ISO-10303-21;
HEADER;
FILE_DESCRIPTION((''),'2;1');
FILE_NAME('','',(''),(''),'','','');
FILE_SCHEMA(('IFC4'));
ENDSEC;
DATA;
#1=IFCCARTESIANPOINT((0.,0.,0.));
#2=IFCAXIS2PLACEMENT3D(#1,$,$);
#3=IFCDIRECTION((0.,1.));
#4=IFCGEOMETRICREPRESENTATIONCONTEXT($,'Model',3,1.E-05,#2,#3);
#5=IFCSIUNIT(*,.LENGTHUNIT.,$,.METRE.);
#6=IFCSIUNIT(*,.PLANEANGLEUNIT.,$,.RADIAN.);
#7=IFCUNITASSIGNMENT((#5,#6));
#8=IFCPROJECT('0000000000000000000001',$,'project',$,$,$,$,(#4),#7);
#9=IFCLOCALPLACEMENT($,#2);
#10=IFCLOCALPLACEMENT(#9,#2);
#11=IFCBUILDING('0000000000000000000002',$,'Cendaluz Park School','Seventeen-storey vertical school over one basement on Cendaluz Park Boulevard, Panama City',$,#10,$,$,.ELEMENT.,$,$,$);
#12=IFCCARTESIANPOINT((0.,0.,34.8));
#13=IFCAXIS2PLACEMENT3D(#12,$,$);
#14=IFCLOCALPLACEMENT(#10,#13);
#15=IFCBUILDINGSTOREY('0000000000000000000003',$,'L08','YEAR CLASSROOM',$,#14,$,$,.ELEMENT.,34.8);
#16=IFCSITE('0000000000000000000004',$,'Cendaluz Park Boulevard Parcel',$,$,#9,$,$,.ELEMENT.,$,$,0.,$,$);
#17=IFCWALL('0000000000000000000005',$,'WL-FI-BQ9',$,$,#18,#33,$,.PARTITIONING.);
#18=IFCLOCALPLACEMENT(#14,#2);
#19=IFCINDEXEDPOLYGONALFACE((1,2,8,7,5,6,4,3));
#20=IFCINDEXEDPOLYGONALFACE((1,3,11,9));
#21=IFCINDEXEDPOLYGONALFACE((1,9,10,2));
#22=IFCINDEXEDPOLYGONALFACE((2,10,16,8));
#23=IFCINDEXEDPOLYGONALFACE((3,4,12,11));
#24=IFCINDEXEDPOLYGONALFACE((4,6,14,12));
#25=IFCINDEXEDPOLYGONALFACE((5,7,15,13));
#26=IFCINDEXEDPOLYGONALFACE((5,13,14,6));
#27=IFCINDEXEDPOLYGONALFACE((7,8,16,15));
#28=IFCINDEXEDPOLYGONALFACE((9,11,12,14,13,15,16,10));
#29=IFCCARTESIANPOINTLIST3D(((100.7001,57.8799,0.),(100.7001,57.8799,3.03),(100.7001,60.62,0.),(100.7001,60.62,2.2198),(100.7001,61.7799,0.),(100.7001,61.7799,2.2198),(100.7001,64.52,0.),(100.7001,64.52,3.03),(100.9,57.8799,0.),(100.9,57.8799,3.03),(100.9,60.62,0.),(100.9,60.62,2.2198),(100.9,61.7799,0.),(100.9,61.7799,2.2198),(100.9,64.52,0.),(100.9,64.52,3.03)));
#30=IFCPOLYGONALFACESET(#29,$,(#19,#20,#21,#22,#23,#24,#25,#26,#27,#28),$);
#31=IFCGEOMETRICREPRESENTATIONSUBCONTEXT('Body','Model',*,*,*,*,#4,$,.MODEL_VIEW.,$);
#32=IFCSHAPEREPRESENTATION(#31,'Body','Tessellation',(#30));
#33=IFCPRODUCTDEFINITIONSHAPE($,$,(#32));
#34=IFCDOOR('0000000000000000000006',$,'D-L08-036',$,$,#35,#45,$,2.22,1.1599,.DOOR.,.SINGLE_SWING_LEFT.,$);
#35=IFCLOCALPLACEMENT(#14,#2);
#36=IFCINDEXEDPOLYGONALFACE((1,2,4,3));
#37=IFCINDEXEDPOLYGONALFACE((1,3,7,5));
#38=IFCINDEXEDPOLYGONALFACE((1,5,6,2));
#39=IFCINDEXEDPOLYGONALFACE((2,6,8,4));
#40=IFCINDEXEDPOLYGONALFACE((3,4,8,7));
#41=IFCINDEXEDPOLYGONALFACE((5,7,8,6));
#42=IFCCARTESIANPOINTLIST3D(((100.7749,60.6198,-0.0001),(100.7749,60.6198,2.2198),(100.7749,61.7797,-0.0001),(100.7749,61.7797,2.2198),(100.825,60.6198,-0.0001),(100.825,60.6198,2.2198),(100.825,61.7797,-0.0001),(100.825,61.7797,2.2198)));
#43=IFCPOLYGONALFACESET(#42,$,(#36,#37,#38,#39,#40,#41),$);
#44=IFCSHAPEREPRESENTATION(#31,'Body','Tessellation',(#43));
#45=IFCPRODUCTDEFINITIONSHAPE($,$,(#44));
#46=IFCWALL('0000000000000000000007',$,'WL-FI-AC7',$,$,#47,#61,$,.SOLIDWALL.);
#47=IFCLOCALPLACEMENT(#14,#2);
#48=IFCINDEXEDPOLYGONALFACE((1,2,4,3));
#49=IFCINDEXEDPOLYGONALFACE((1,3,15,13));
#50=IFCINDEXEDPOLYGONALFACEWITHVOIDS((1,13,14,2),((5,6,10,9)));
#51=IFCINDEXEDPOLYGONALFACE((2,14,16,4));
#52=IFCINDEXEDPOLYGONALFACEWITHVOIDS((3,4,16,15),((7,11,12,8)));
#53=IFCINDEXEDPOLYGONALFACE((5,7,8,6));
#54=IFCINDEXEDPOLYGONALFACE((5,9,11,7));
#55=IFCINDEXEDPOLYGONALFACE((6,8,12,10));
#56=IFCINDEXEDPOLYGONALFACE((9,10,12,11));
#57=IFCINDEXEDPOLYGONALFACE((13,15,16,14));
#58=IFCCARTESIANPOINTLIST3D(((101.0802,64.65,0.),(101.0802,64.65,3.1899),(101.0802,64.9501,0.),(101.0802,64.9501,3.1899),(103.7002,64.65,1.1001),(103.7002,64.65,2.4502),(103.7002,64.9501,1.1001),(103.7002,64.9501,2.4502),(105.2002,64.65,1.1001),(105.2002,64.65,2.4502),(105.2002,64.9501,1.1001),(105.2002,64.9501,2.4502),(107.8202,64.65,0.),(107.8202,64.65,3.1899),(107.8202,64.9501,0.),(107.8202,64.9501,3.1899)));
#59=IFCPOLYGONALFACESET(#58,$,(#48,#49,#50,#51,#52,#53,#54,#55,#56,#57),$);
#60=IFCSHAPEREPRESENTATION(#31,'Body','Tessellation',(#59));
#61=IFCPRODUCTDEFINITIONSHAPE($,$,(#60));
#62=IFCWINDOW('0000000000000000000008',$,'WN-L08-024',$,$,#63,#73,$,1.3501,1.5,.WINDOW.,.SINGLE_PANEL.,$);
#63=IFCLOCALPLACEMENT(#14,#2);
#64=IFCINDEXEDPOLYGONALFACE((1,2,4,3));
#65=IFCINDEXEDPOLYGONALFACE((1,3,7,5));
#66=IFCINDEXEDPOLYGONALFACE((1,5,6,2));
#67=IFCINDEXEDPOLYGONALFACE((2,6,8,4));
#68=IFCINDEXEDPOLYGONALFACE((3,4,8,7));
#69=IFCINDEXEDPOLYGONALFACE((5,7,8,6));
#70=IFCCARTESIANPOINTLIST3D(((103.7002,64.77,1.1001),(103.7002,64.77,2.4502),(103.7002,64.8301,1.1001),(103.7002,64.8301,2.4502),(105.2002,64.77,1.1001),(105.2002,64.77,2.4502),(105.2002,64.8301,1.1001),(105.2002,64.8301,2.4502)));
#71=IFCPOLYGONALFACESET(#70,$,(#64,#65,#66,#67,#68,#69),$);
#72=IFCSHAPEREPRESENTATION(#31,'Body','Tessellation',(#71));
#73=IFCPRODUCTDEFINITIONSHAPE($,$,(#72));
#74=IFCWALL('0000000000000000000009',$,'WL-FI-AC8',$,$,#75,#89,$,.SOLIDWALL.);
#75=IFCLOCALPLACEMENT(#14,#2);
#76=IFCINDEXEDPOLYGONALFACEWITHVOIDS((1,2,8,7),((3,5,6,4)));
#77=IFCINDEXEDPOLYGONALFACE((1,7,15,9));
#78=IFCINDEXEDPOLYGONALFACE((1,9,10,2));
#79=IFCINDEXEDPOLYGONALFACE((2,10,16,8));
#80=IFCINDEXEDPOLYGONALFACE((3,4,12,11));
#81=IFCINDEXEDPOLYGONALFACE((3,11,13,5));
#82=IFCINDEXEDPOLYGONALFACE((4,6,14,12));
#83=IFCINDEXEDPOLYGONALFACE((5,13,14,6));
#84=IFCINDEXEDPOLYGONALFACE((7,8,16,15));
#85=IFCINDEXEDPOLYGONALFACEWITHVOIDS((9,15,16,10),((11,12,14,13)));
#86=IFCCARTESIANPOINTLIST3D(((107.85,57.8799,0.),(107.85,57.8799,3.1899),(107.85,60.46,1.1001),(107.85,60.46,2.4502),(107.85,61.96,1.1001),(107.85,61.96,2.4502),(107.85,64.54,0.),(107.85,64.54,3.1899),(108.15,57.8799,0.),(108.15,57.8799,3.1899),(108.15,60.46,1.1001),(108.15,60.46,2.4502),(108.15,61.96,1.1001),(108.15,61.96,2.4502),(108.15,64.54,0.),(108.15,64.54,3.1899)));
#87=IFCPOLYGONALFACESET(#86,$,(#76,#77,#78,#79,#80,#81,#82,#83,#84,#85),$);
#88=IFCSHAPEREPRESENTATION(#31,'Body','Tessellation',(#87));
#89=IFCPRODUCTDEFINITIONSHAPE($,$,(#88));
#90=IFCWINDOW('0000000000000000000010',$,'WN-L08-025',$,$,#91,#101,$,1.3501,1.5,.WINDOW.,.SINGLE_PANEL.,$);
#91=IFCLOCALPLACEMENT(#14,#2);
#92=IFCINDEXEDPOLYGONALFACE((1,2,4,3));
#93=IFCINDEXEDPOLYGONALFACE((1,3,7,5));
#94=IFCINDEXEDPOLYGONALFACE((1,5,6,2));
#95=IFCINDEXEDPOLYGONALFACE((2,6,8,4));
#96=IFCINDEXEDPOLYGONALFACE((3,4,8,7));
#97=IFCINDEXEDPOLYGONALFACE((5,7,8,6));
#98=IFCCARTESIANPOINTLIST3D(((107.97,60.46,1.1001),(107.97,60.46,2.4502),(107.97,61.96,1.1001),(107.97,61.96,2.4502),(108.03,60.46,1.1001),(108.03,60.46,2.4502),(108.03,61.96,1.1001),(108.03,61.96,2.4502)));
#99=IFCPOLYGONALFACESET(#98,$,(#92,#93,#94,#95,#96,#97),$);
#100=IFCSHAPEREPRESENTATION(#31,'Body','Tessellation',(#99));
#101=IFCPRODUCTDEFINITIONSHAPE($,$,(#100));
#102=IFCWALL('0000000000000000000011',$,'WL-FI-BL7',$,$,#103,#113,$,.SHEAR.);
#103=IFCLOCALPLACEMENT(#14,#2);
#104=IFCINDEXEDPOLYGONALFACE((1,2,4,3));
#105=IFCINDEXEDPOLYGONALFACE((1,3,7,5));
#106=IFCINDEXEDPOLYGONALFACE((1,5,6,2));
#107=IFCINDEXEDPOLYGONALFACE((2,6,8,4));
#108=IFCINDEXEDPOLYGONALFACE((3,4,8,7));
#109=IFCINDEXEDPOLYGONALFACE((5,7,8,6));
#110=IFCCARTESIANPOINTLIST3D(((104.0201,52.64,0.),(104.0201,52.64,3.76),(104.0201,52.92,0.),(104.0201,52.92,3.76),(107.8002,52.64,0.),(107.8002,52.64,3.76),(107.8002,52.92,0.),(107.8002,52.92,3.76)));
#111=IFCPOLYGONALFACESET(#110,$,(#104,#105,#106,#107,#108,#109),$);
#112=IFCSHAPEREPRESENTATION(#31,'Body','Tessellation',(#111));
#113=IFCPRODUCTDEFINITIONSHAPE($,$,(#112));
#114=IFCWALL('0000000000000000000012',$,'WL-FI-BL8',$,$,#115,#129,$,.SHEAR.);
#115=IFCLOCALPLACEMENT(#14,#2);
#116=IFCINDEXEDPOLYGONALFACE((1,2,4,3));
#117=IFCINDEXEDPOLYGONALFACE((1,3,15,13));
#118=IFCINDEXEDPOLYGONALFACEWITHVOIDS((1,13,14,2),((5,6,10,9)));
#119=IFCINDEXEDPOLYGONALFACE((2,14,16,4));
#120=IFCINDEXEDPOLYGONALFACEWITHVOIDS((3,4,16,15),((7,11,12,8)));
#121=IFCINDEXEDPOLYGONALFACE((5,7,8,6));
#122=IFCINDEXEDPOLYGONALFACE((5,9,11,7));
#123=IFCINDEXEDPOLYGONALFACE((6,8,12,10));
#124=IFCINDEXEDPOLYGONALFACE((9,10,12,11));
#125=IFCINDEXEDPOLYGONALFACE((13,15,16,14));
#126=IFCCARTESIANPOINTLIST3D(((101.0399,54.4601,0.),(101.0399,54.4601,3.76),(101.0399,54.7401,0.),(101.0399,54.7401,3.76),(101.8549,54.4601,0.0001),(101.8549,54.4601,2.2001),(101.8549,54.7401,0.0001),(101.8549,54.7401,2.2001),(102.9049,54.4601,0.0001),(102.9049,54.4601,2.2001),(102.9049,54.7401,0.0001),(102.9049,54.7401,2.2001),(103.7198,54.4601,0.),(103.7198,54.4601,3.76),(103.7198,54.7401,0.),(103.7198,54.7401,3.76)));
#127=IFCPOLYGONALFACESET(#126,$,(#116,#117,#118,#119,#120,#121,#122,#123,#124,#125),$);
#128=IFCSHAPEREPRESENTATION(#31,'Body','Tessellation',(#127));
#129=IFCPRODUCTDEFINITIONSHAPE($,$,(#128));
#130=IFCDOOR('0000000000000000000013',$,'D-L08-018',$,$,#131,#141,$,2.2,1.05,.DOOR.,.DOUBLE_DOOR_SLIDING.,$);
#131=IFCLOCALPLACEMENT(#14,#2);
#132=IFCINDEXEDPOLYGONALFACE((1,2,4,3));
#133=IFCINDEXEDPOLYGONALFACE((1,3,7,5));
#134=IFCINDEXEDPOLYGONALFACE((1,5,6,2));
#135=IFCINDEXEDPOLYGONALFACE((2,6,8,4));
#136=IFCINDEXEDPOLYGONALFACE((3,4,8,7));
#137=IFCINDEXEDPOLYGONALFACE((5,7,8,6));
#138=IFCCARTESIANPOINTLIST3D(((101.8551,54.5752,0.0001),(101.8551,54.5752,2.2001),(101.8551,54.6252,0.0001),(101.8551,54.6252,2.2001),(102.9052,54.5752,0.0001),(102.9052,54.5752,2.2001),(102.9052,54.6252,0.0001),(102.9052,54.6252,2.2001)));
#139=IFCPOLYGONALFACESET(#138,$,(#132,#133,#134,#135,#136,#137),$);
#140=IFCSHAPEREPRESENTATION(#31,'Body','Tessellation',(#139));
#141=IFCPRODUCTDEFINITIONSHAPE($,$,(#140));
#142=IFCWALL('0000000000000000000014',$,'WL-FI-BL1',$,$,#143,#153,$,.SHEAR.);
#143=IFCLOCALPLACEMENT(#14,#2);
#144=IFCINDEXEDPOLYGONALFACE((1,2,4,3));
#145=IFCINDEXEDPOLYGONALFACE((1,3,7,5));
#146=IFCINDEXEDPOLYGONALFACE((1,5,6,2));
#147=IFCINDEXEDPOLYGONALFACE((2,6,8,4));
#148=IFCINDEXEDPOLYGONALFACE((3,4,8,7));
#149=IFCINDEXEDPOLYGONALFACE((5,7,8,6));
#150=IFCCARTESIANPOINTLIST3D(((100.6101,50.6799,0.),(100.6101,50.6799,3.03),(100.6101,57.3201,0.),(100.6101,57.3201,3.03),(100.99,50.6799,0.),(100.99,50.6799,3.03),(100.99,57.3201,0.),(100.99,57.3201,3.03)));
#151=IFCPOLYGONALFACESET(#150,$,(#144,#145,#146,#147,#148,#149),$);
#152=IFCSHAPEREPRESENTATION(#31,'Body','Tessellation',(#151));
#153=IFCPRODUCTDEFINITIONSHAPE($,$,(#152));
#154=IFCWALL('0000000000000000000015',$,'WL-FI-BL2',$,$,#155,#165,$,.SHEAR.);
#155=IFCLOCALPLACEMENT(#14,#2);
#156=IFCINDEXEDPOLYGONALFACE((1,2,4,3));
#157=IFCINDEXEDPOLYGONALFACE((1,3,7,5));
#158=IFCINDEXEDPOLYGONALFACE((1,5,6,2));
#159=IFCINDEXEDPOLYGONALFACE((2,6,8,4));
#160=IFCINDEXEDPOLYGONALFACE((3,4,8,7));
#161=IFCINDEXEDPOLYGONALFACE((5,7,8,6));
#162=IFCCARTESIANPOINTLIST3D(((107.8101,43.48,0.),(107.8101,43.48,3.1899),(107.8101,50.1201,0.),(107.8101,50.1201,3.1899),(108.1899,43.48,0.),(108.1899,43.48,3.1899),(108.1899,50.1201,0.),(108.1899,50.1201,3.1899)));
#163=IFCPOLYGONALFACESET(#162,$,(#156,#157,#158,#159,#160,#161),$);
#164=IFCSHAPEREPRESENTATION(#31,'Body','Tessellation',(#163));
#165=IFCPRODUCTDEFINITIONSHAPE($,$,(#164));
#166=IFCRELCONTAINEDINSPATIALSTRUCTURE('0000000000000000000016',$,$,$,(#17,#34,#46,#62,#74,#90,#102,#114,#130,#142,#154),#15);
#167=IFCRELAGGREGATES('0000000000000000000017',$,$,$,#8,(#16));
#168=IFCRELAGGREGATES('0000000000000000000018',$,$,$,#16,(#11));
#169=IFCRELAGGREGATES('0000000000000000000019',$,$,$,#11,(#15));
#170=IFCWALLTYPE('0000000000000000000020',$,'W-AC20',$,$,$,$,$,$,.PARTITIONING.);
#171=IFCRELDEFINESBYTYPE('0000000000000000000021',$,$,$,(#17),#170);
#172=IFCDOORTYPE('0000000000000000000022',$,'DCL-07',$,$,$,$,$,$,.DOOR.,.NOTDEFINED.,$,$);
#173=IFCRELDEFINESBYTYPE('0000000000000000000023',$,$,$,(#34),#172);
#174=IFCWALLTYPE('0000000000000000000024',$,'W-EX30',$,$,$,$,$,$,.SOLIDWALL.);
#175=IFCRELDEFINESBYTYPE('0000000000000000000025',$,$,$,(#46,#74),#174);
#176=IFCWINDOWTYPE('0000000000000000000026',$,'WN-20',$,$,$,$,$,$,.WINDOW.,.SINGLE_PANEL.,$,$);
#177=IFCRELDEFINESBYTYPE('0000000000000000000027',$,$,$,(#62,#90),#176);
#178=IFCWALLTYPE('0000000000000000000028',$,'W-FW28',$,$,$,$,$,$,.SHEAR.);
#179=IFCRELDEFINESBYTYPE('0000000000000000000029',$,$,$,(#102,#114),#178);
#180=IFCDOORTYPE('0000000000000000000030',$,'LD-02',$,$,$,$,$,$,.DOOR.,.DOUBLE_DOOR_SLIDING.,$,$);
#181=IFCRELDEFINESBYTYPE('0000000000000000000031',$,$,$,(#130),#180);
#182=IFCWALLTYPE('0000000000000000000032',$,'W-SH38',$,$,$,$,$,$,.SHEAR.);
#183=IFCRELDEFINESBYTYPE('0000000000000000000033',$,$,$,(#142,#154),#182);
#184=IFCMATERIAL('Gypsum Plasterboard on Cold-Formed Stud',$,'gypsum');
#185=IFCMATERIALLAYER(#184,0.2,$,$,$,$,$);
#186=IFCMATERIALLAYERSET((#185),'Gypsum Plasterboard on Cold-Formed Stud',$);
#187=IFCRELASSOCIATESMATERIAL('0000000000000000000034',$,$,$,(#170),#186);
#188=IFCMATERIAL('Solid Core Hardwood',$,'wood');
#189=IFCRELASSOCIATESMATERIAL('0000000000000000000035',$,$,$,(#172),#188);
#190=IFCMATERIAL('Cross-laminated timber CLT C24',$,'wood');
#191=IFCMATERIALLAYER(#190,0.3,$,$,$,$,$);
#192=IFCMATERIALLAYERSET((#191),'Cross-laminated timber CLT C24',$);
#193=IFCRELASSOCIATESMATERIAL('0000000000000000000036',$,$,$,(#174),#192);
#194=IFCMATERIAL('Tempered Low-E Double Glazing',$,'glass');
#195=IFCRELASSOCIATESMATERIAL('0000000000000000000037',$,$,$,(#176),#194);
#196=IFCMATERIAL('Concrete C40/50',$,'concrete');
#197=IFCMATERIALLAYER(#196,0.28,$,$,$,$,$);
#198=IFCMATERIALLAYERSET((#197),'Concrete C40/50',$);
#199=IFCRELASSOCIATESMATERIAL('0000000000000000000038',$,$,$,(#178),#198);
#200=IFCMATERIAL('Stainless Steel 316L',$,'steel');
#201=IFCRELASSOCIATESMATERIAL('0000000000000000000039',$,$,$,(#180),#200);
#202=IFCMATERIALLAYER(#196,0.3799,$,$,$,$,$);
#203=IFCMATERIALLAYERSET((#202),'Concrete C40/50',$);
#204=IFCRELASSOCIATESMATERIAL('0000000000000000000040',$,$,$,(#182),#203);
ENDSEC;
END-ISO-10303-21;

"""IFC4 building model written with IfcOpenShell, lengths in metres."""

from ifc_helpers import new_model, si_unit, direction, frame, frame_2d, origin, place, context, subcontext, project, spatial, rectangle, extrude, material, layer, layer_set, type_object, element, fill, save


model = new_model("IFC4")

# Units and contexts
model_context = context("Model", 3, precision=1e-05, world=origin(), true_north=direction((0.0, 1.0)))
body_context = subcontext(model_context, "Body", "Model", "MODEL_VIEW")
ifc_project = project(units=[si_unit("LENGTHUNIT", "METRE"), si_unit("PLANEANGLEUNIT", "RADIAN")], contexts=[model_context])

# Site, building, storey
site_placement = place(None, origin())
site = spatial("IfcSite", under=ifc_project, at=site_placement, Name="Cendaluz Park Boulevard Parcel", CompositionType="ELEMENT", RefElevation=0.0)
building_placement = place(site_placement, origin())
building = spatial("IfcBuilding", under=site, at=building_placement, Name="Cendaluz Park School", Description="Seventeen-storey vertical school over one basement on Cendaluz Park Boulevard, Panama City", CompositionType="ELEMENT")
storey_placement = place(building_placement, frame((0.0, 0.0, 34.8)))
storey = spatial("IfcBuildingStorey", under=building, at=storey_placement, Name="L08", Description="YEAR CLASSROOM", CompositionType="ELEMENT", Elevation=34.8)

# Wall, opening, door
ifc_material_1 = material(Name="Gypsum Plasterboard on Cold-Formed Stud", Category="gypsum")
ifc_layer_1 = layer(ifc_material_1, 0.2)
ifc_layer_set_1 = layer_set([ifc_layer_1], Name="Gypsum Plasterboard on Cold-Formed Stud")
wall_type_1 = type_object("IfcWallType", Name="W-AC20", PredefinedType="PARTITIONING", material=ifc_layer_set_1)
wall_1_placement = place(storey_placement, frame((100.8, 57.8799, 0.0), z_axis=(0.0, 0.0, 1.0), x_axis=(0.0, 1.0, 0.0)))
wall_1 = element("IfcWall", 1, at=wall_1_placement, inside=storey, type_object=wall_type_1, Name="WL-FI-BQ9", PredefinedType="PARTITIONING", context=body_context, shape_type="SweptSolid", body=[
    extrude(rectangle(XDim=6.6401, YDim=0.2, at=frame_2d((3.3201, 0.0))), origin(), (0.0, 0.0, 1.0), 3.03),
])
opening_1_placement = place(wall_1_placement, frame((2.74, 0.0, 0.0)))
opening_1 = element("IfcOpeningElement", 2, at=opening_1_placement, cuts=wall_1, PredefinedType="OPENING", context=body_context, shape_type="SweptSolid", body=[
    extrude(rectangle(XDim=1.1599, YDim=2.22, at=frame_2d((0.5801, 1.1099))), frame((0.0, 0.1121, 0.0), z_axis=(0.0, -1.0, 0.0), x_axis=(1.0, 0.0, 0.0)), (0.0, 0.0, 1.0), 0.2239),
])
ifc_material_2 = material(Name="Solid Core Hardwood", Category="wood")
door_type_1 = type_object("IfcDoorType", Name="DCL-07", OperationType="NOTDEFINED", PredefinedType="DOOR", material=ifc_material_2)
door_1_placement = place(opening_1_placement, frame((1.1599, 0.0, 0.0), z_axis=(0.0, 0.0, 1.0), x_axis=(-1.0, 0.0, 0.0)))
door_1 = element("IfcDoor", 3, at=door_1_placement, inside=storey, type_object=door_type_1, Name="D-L08-036", OperationType="SINGLE_SWING_LEFT", OverallHeight=2.22, OverallWidth=1.1599, PredefinedType="DOOR", context=body_context, shape_type="SweptSolid", body=[
    extrude(rectangle(XDim=1.1599, YDim=2.22, at=frame_2d((0.5801, 1.1099))), frame((0.0, 0.0249, 0.0), z_axis=(0.0, -1.0, 0.0), x_axis=(1.0, 0.0, 0.0)), (0.0, 0.0, 1.0), 0.05),
])
fill(opening_1, door_1)

# Walls, openings, windows
ifc_material_3 = material(Name="Cross-laminated timber CLT C24", Category="wood")
ifc_layer_2 = layer(ifc_material_3, 0.3)
ifc_layer_set_2 = layer_set([ifc_layer_2], Name="Cross-laminated timber CLT C24")
wall_type_2 = type_object("IfcWallType", Name="W-EX30", PredefinedType="SOLIDWALL", material=ifc_layer_set_2)
wall_2_placement = place(storey_placement, frame((101.0801, 64.8, 0.0), z_axis=(0.0, 0.0, 1.0), x_axis=(1.0, 0.0, 0.0)))
wall_2 = element("IfcWall", 4, at=wall_2_placement, inside=storey, type_object=wall_type_2, Name="WL-FI-AC7", PredefinedType="SOLIDWALL", context=body_context, shape_type="SweptSolid", body=[
    extrude(rectangle(XDim=6.74, YDim=0.3, at=frame_2d((3.3701, 0.0))), origin(), (0.0, 0.0, 1.0), 3.1899),
])
opening_2_placement = place(wall_2_placement, frame((2.6201, 0.0, 1.1001)))
opening_2 = element("IfcOpeningElement", 5, at=opening_2_placement, cuts=wall_2, PredefinedType="OPENING", context=body_context, shape_type="SweptSolid", body=[
    extrude(rectangle(XDim=1.5, YDim=1.3501, at=frame_2d((0.75, 0.675))), frame((0.0, 0.1621, 0.0), z_axis=(0.0, -1.0, 0.0), x_axis=(1.0, 0.0, 0.0)), (0.0, 0.0, 1.0), 0.324),
])
ifc_material_4 = material(Name="Tempered Low-E Double Glazing", Category="glass")
window_type = type_object("IfcWindowType", Name="WN-20", PartitioningType="SINGLE_PANEL", PredefinedType="WINDOW", material=ifc_material_4)
window_1_placement = place(opening_2_placement, origin())
window_1 = element("IfcWindow", 6, at=window_1_placement, inside=storey, type_object=window_type, Name="WN-L08-024", OverallHeight=1.3501, OverallWidth=1.5, PartitioningType="SINGLE_PANEL", PredefinedType="WINDOW", context=body_context, shape_type="SweptSolid", body=[
    extrude(rectangle(XDim=1.5, YDim=1.3501, at=frame_2d((0.75, 0.675))), frame((0.0, 0.03, 0.0), z_axis=(0.0, -1.0, 0.0), x_axis=(1.0, 0.0, 0.0)), (0.0, 0.0, 1.0), 0.0601),
])
fill(opening_2, window_1)
wall_3_placement = place(storey_placement, frame((108.0, 57.8799, 0.0), z_axis=(0.0, 0.0, 1.0), x_axis=(0.0, 1.0, 0.0)))
wall_3 = element("IfcWall", 7, at=wall_3_placement, inside=storey, type_object=wall_type_2, Name="WL-FI-AC8", PredefinedType="SOLIDWALL", context=body_context, shape_type="SweptSolid", body=[
    extrude(rectangle(XDim=6.6602, YDim=0.3, at=frame_2d((3.3301, 0.0))), origin(), (0.0, 0.0, 1.0), 3.1899),
])
opening_3_placement = place(wall_3_placement, frame((2.5801, 0.0, 1.1001)))
opening_3 = element("IfcOpeningElement", 8, at=opening_3_placement, cuts=wall_3, PredefinedType="OPENING", context=body_context, shape_type="SweptSolid", body=[
    extrude(rectangle(XDim=1.5, YDim=1.3501, at=frame_2d((0.75, 0.675))), frame((0.0, 0.1621, 0.0), z_axis=(0.0, -1.0, 0.0), x_axis=(1.0, 0.0, 0.0)), (0.0, 0.0, 1.0), 0.324),
])
window_2_placement = place(opening_3_placement, origin())
window_2 = element("IfcWindow", 9, at=window_2_placement, inside=storey, type_object=window_type, Name="WN-L08-025", OverallHeight=1.3501, OverallWidth=1.5, PartitioningType="SINGLE_PANEL", PredefinedType="WINDOW", context=body_context, shape_type="SweptSolid", body=[
    extrude(rectangle(XDim=1.5, YDim=1.3501, at=frame_2d((0.75, 0.675))), frame((0.0, 0.03, 0.0), z_axis=(0.0, -1.0, 0.0), x_axis=(1.0, 0.0, 0.0)), (0.0, 0.0, 1.0), 0.0601),
])
fill(opening_3, window_2)

# Shared definitions
ifc_material_5 = material(Name="Concrete C40/50", Category="concrete")
ifc_layer_3 = layer(ifc_material_5, 0.28)
ifc_layer_set_3 = layer_set([ifc_layer_3], Name="Concrete C40/50")
wall_type_3 = type_object("IfcWallType", Name="W-FW28", PredefinedType="SHEAR", material=ifc_layer_set_3)

# Wall
wall_4_placement = place(storey_placement, frame((104.02, 52.78, 0.0), z_axis=(0.0, 0.0, 1.0), x_axis=(1.0, 0.0, 0.0)))
element("IfcWall", 10, at=wall_4_placement, inside=storey, type_object=wall_type_3, Name="WL-FI-BL7", PredefinedType="SHEAR", context=body_context, shape_type="SweptSolid", body=[
    extrude(rectangle(XDim=3.78, YDim=0.28, at=frame_2d((1.8901, 0.0))), origin(), (0.0, 0.0, 1.0), 3.76),
])

# Wall, opening, door
wall_5_placement = place(storey_placement, frame((101.04, 54.6001, 0.0), z_axis=(0.0, 0.0, 1.0), x_axis=(1.0, 0.0, 0.0)))
wall_5 = element("IfcWall", 11, at=wall_5_placement, inside=storey, type_object=wall_type_3, Name="WL-FI-BL8", PredefinedType="SHEAR", context=body_context, shape_type="SweptSolid", body=[
    extrude(rectangle(XDim=2.6799, YDim=0.28, at=frame_2d((1.3398, 0.0))), origin(), (0.0, 0.0, 1.0), 3.76),
])
opening_4_placement = place(wall_5_placement, frame((0.8149, 0.0, 0.0)))
opening_4 = element("IfcOpeningElement", 12, at=opening_4_placement, cuts=wall_5, PredefinedType="OPENING", context=body_context, shape_type="SweptSolid", body=[
    extrude(rectangle(XDim=1.05, YDim=2.2, at=frame_2d((0.5249, 1.1001))), frame((0.0, 0.1521, 0.0), z_axis=(0.0, -1.0, 0.0), x_axis=(1.0, 0.0, 0.0)), (0.0, 0.0, 1.0), 0.304),
])
ifc_material_6 = material(Name="Stainless Steel 316L", Category="steel")
door_type_2 = type_object("IfcDoorType", Name="LD-02", OperationType="DOUBLE_DOOR_SLIDING", PredefinedType="DOOR", material=ifc_material_6)
door_2_placement = place(opening_4_placement, frame((1.05, 0.0, 0.0), z_axis=(0.0, 0.0, 1.0), x_axis=(-1.0, 0.0, 0.0)))
door_2 = element("IfcDoor", 13, at=door_2_placement, inside=storey, type_object=door_type_2, Name="D-L08-018", OperationType="DOUBLE_DOOR_SLIDING", OverallHeight=2.2, OverallWidth=1.05, PredefinedType="DOOR", context=body_context, shape_type="SweptSolid", body=[
    extrude(rectangle(XDim=1.05, YDim=2.2, at=frame_2d((0.5249, 1.1001))), frame((0.0, 0.0249, 0.0), z_axis=(0.0, -1.0, 0.0), x_axis=(1.0, 0.0, 0.0)), (0.0, 0.0, 1.0), 0.05),
])
fill(opening_4, door_2)

# Walls
ifc_layer_4 = layer(ifc_material_5, 0.3799)
ifc_layer_set_4 = layer_set([ifc_layer_4], Name="Concrete C40/50")
wall_type_4 = type_object("IfcWallType", Name="W-SH38", PredefinedType="SHEAR", material=ifc_layer_set_4)
wall_6_placement = place(storey_placement, frame((100.8, 50.6799, 0.0), z_axis=(0.0, 0.0, 1.0), x_axis=(0.0, 1.0, 0.0)))
element("IfcWall", 14, at=wall_6_placement, inside=storey, type_object=wall_type_4, Name="WL-FI-BL1", PredefinedType="SHEAR", context=body_context, shape_type="SweptSolid", body=[
    extrude(rectangle(XDim=6.6401, YDim=0.3799, at=frame_2d((3.3201, 0.0))), origin(), (0.0, 0.0, 1.0), 3.03),
])
for number, where, z_axis, x_axis, name in (
    (15, (108.0, 43.48, 0.0), (0.0, 0.0, 1.0), (0.0, 1.0, 0.0), "WL-FI-BL2"),
):
    element("IfcWall", number, at=place(storey_placement, frame(where, z_axis=z_axis, x_axis=x_axis)), inside=storey, type_object=wall_type_4, Name=name, PredefinedType="SHEAR", context=body_context, shape_type="SweptSolid", body=[
        extrude(rectangle(XDim=6.6401, YDim=0.3799, at=frame_2d((3.3201, 0.0))), origin(), (0.0, 0.0, 1.0), 3.1899),
    ])

save(model, "model.ifc")
